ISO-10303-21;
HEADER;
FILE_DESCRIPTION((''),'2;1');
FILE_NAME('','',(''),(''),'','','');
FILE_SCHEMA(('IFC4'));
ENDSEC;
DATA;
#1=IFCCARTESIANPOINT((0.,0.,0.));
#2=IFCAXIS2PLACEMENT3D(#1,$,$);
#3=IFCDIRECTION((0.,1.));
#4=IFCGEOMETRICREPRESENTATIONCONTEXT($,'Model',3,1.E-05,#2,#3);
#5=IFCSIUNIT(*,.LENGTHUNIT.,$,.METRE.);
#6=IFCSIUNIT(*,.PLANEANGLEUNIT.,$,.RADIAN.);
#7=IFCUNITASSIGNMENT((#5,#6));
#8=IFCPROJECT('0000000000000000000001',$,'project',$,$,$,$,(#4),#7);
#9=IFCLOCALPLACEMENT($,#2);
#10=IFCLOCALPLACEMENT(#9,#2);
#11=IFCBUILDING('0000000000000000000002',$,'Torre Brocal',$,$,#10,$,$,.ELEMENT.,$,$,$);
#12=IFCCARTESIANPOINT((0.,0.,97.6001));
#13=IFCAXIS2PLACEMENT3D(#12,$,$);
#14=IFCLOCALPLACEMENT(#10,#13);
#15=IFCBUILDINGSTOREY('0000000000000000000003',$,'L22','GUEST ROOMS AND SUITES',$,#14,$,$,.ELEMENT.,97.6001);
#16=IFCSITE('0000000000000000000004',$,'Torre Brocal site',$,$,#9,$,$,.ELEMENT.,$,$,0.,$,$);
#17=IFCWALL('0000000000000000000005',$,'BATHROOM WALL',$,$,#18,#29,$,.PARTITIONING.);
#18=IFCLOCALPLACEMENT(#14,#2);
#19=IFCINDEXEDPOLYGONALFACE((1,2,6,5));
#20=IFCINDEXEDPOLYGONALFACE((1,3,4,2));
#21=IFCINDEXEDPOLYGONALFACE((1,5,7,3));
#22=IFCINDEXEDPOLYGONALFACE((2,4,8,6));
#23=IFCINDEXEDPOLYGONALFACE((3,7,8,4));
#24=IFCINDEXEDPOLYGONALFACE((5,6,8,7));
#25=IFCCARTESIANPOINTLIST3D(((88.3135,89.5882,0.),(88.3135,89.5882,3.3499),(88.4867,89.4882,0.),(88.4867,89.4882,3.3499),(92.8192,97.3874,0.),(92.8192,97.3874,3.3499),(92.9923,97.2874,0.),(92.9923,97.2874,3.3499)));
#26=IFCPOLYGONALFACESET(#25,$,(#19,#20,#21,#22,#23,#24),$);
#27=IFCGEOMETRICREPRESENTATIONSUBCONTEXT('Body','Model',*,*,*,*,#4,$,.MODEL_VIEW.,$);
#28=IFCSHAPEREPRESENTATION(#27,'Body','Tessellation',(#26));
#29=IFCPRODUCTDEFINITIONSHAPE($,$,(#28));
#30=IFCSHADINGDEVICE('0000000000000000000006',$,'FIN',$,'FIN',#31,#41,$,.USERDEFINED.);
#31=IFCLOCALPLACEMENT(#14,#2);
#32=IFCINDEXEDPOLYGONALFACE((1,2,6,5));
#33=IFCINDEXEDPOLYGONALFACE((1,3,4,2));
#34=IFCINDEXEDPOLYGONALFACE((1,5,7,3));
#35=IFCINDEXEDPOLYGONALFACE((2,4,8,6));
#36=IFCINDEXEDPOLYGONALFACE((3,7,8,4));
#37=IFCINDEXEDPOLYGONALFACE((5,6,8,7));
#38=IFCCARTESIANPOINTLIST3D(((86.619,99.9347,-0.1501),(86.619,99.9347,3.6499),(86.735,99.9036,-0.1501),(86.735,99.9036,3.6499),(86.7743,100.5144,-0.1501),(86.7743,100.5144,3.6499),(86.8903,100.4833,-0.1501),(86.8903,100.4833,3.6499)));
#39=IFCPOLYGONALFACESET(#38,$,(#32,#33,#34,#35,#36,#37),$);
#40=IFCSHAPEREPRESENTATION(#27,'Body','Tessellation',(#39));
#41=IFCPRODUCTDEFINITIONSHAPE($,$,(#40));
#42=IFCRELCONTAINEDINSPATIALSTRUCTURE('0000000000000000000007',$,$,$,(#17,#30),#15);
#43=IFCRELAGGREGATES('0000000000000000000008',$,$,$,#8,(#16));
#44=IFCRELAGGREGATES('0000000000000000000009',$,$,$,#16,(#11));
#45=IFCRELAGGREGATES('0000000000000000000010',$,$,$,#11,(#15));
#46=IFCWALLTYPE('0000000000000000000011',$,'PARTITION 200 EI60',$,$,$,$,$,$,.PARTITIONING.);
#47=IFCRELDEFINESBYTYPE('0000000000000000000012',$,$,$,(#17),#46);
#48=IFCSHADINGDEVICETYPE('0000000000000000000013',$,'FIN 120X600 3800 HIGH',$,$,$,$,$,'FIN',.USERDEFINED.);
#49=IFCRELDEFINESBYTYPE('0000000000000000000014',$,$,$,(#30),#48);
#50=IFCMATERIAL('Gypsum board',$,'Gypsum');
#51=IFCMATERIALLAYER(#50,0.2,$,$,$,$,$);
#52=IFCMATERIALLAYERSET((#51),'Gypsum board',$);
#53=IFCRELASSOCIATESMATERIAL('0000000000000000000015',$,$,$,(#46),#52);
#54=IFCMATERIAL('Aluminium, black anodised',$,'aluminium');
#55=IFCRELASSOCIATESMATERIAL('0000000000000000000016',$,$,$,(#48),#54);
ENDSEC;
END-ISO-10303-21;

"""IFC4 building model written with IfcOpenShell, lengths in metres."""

from ifc_helpers import new_model, si_unit, direction, frame, frame_2d, origin, origin_2d, place, context, subcontext, project, spatial, rectangle, extrude, material, layer, layer_set, material_profile, profile_set, type_object, element, save


model = new_model("IFC4")

# Units and contexts
model_context = context("Model", 3, precision=1e-05, world=origin(), true_north=direction((0.0, 1.0)))
body_context = subcontext(model_context, "Body", "Model", "MODEL_VIEW")
ifc_project = project(units=[si_unit("LENGTHUNIT", "METRE"), si_unit("PLANEANGLEUNIT", "RADIAN")], contexts=[model_context])

# Site, building, storey
site_placement = place(None, origin())
site = spatial("IfcSite", under=ifc_project, at=site_placement, Name="Torre Brocal site", CompositionType="ELEMENT", RefElevation=0.0)
building_placement = place(site_placement, origin())
building = spatial("IfcBuilding", under=site, at=building_placement, Name="Torre Brocal", CompositionType="ELEMENT")
storey_placement = place(building_placement, frame((0.0, 0.0, 97.6001)))
storey = spatial("IfcBuildingStorey", under=building, at=storey_placement, Name="L22", Description="GUEST ROOMS AND SUITES", CompositionType="ELEMENT", Elevation=97.6001)

# Shared definitions
ifc_material_1 = material(Name="Gypsum board", Category="Gypsum")
ifc_layer_1 = layer(ifc_material_1, 0.2)
ifc_layer_set_1 = layer_set([ifc_layer_1], Name="Gypsum board")
wall_type_1 = type_object("IfcWallType", Name="PARTITION 200 EI60", PredefinedType="PARTITIONING", material=ifc_layer_set_1)

# Wall
wall_1_placement = place(storey_placement, frame((88.4001, 89.5383, 0.0), z_axis=(0.0, 0.0, 1.0), x_axis=(0.500235, 0.86589, 0.0)))
element("IfcWall", 1, at=wall_1_placement, inside=storey, type_object=wall_type_1, Name="BATHROOM WALL", PredefinedType="PARTITIONING", context=body_context, shape_type="SweptSolid", body=[
    extrude(rectangle(XDim=9.0071, YDim=0.2, at=frame_2d((4.5034, 0.0))), origin(), (0.0, 0.0, 1.0), 3.3499),
])

# Shading device
ifc_material_2 = material(Name="Aluminium, black anodised", Category="aluminium")
ifc_material_profile_1 = material_profile(ifc_material_2, rectangle(XDim=0.1201, YDim=0.6001, at=origin_2d()), Name="FIN 120X600 3800 HIGH")
ifc_profile_set_1 = profile_set([ifc_material_profile_1], Name="Aluminium, black anodised")
shading_device_type = type_object("IfcShadingDeviceType", Name="FIN 120X600 3800 HIGH", ElementType="FIN", PredefinedType="USERDEFINED", material=ifc_profile_set_1)
shading_device_placement = place(storey_placement, frame((86.7546, 100.209, -0.1501), z_axis=(0.0, 0.0, 1.0), x_axis=(-0.965926, 0.258819, 0.0)))
element("IfcShadingDevice", 2, at=shading_device_placement, inside=storey, type_object=shading_device_type, Name="FIN", ObjectType="FIN", PredefinedType="USERDEFINED", context=body_context, shape_type="SweptSolid", body=[
    extrude(rectangle(XDim=0.1201, YDim=0.6001, at=origin_2d()), origin(), (0.0, 0.0, 1.0), 3.8),
])

save(model, "model.ifc")
